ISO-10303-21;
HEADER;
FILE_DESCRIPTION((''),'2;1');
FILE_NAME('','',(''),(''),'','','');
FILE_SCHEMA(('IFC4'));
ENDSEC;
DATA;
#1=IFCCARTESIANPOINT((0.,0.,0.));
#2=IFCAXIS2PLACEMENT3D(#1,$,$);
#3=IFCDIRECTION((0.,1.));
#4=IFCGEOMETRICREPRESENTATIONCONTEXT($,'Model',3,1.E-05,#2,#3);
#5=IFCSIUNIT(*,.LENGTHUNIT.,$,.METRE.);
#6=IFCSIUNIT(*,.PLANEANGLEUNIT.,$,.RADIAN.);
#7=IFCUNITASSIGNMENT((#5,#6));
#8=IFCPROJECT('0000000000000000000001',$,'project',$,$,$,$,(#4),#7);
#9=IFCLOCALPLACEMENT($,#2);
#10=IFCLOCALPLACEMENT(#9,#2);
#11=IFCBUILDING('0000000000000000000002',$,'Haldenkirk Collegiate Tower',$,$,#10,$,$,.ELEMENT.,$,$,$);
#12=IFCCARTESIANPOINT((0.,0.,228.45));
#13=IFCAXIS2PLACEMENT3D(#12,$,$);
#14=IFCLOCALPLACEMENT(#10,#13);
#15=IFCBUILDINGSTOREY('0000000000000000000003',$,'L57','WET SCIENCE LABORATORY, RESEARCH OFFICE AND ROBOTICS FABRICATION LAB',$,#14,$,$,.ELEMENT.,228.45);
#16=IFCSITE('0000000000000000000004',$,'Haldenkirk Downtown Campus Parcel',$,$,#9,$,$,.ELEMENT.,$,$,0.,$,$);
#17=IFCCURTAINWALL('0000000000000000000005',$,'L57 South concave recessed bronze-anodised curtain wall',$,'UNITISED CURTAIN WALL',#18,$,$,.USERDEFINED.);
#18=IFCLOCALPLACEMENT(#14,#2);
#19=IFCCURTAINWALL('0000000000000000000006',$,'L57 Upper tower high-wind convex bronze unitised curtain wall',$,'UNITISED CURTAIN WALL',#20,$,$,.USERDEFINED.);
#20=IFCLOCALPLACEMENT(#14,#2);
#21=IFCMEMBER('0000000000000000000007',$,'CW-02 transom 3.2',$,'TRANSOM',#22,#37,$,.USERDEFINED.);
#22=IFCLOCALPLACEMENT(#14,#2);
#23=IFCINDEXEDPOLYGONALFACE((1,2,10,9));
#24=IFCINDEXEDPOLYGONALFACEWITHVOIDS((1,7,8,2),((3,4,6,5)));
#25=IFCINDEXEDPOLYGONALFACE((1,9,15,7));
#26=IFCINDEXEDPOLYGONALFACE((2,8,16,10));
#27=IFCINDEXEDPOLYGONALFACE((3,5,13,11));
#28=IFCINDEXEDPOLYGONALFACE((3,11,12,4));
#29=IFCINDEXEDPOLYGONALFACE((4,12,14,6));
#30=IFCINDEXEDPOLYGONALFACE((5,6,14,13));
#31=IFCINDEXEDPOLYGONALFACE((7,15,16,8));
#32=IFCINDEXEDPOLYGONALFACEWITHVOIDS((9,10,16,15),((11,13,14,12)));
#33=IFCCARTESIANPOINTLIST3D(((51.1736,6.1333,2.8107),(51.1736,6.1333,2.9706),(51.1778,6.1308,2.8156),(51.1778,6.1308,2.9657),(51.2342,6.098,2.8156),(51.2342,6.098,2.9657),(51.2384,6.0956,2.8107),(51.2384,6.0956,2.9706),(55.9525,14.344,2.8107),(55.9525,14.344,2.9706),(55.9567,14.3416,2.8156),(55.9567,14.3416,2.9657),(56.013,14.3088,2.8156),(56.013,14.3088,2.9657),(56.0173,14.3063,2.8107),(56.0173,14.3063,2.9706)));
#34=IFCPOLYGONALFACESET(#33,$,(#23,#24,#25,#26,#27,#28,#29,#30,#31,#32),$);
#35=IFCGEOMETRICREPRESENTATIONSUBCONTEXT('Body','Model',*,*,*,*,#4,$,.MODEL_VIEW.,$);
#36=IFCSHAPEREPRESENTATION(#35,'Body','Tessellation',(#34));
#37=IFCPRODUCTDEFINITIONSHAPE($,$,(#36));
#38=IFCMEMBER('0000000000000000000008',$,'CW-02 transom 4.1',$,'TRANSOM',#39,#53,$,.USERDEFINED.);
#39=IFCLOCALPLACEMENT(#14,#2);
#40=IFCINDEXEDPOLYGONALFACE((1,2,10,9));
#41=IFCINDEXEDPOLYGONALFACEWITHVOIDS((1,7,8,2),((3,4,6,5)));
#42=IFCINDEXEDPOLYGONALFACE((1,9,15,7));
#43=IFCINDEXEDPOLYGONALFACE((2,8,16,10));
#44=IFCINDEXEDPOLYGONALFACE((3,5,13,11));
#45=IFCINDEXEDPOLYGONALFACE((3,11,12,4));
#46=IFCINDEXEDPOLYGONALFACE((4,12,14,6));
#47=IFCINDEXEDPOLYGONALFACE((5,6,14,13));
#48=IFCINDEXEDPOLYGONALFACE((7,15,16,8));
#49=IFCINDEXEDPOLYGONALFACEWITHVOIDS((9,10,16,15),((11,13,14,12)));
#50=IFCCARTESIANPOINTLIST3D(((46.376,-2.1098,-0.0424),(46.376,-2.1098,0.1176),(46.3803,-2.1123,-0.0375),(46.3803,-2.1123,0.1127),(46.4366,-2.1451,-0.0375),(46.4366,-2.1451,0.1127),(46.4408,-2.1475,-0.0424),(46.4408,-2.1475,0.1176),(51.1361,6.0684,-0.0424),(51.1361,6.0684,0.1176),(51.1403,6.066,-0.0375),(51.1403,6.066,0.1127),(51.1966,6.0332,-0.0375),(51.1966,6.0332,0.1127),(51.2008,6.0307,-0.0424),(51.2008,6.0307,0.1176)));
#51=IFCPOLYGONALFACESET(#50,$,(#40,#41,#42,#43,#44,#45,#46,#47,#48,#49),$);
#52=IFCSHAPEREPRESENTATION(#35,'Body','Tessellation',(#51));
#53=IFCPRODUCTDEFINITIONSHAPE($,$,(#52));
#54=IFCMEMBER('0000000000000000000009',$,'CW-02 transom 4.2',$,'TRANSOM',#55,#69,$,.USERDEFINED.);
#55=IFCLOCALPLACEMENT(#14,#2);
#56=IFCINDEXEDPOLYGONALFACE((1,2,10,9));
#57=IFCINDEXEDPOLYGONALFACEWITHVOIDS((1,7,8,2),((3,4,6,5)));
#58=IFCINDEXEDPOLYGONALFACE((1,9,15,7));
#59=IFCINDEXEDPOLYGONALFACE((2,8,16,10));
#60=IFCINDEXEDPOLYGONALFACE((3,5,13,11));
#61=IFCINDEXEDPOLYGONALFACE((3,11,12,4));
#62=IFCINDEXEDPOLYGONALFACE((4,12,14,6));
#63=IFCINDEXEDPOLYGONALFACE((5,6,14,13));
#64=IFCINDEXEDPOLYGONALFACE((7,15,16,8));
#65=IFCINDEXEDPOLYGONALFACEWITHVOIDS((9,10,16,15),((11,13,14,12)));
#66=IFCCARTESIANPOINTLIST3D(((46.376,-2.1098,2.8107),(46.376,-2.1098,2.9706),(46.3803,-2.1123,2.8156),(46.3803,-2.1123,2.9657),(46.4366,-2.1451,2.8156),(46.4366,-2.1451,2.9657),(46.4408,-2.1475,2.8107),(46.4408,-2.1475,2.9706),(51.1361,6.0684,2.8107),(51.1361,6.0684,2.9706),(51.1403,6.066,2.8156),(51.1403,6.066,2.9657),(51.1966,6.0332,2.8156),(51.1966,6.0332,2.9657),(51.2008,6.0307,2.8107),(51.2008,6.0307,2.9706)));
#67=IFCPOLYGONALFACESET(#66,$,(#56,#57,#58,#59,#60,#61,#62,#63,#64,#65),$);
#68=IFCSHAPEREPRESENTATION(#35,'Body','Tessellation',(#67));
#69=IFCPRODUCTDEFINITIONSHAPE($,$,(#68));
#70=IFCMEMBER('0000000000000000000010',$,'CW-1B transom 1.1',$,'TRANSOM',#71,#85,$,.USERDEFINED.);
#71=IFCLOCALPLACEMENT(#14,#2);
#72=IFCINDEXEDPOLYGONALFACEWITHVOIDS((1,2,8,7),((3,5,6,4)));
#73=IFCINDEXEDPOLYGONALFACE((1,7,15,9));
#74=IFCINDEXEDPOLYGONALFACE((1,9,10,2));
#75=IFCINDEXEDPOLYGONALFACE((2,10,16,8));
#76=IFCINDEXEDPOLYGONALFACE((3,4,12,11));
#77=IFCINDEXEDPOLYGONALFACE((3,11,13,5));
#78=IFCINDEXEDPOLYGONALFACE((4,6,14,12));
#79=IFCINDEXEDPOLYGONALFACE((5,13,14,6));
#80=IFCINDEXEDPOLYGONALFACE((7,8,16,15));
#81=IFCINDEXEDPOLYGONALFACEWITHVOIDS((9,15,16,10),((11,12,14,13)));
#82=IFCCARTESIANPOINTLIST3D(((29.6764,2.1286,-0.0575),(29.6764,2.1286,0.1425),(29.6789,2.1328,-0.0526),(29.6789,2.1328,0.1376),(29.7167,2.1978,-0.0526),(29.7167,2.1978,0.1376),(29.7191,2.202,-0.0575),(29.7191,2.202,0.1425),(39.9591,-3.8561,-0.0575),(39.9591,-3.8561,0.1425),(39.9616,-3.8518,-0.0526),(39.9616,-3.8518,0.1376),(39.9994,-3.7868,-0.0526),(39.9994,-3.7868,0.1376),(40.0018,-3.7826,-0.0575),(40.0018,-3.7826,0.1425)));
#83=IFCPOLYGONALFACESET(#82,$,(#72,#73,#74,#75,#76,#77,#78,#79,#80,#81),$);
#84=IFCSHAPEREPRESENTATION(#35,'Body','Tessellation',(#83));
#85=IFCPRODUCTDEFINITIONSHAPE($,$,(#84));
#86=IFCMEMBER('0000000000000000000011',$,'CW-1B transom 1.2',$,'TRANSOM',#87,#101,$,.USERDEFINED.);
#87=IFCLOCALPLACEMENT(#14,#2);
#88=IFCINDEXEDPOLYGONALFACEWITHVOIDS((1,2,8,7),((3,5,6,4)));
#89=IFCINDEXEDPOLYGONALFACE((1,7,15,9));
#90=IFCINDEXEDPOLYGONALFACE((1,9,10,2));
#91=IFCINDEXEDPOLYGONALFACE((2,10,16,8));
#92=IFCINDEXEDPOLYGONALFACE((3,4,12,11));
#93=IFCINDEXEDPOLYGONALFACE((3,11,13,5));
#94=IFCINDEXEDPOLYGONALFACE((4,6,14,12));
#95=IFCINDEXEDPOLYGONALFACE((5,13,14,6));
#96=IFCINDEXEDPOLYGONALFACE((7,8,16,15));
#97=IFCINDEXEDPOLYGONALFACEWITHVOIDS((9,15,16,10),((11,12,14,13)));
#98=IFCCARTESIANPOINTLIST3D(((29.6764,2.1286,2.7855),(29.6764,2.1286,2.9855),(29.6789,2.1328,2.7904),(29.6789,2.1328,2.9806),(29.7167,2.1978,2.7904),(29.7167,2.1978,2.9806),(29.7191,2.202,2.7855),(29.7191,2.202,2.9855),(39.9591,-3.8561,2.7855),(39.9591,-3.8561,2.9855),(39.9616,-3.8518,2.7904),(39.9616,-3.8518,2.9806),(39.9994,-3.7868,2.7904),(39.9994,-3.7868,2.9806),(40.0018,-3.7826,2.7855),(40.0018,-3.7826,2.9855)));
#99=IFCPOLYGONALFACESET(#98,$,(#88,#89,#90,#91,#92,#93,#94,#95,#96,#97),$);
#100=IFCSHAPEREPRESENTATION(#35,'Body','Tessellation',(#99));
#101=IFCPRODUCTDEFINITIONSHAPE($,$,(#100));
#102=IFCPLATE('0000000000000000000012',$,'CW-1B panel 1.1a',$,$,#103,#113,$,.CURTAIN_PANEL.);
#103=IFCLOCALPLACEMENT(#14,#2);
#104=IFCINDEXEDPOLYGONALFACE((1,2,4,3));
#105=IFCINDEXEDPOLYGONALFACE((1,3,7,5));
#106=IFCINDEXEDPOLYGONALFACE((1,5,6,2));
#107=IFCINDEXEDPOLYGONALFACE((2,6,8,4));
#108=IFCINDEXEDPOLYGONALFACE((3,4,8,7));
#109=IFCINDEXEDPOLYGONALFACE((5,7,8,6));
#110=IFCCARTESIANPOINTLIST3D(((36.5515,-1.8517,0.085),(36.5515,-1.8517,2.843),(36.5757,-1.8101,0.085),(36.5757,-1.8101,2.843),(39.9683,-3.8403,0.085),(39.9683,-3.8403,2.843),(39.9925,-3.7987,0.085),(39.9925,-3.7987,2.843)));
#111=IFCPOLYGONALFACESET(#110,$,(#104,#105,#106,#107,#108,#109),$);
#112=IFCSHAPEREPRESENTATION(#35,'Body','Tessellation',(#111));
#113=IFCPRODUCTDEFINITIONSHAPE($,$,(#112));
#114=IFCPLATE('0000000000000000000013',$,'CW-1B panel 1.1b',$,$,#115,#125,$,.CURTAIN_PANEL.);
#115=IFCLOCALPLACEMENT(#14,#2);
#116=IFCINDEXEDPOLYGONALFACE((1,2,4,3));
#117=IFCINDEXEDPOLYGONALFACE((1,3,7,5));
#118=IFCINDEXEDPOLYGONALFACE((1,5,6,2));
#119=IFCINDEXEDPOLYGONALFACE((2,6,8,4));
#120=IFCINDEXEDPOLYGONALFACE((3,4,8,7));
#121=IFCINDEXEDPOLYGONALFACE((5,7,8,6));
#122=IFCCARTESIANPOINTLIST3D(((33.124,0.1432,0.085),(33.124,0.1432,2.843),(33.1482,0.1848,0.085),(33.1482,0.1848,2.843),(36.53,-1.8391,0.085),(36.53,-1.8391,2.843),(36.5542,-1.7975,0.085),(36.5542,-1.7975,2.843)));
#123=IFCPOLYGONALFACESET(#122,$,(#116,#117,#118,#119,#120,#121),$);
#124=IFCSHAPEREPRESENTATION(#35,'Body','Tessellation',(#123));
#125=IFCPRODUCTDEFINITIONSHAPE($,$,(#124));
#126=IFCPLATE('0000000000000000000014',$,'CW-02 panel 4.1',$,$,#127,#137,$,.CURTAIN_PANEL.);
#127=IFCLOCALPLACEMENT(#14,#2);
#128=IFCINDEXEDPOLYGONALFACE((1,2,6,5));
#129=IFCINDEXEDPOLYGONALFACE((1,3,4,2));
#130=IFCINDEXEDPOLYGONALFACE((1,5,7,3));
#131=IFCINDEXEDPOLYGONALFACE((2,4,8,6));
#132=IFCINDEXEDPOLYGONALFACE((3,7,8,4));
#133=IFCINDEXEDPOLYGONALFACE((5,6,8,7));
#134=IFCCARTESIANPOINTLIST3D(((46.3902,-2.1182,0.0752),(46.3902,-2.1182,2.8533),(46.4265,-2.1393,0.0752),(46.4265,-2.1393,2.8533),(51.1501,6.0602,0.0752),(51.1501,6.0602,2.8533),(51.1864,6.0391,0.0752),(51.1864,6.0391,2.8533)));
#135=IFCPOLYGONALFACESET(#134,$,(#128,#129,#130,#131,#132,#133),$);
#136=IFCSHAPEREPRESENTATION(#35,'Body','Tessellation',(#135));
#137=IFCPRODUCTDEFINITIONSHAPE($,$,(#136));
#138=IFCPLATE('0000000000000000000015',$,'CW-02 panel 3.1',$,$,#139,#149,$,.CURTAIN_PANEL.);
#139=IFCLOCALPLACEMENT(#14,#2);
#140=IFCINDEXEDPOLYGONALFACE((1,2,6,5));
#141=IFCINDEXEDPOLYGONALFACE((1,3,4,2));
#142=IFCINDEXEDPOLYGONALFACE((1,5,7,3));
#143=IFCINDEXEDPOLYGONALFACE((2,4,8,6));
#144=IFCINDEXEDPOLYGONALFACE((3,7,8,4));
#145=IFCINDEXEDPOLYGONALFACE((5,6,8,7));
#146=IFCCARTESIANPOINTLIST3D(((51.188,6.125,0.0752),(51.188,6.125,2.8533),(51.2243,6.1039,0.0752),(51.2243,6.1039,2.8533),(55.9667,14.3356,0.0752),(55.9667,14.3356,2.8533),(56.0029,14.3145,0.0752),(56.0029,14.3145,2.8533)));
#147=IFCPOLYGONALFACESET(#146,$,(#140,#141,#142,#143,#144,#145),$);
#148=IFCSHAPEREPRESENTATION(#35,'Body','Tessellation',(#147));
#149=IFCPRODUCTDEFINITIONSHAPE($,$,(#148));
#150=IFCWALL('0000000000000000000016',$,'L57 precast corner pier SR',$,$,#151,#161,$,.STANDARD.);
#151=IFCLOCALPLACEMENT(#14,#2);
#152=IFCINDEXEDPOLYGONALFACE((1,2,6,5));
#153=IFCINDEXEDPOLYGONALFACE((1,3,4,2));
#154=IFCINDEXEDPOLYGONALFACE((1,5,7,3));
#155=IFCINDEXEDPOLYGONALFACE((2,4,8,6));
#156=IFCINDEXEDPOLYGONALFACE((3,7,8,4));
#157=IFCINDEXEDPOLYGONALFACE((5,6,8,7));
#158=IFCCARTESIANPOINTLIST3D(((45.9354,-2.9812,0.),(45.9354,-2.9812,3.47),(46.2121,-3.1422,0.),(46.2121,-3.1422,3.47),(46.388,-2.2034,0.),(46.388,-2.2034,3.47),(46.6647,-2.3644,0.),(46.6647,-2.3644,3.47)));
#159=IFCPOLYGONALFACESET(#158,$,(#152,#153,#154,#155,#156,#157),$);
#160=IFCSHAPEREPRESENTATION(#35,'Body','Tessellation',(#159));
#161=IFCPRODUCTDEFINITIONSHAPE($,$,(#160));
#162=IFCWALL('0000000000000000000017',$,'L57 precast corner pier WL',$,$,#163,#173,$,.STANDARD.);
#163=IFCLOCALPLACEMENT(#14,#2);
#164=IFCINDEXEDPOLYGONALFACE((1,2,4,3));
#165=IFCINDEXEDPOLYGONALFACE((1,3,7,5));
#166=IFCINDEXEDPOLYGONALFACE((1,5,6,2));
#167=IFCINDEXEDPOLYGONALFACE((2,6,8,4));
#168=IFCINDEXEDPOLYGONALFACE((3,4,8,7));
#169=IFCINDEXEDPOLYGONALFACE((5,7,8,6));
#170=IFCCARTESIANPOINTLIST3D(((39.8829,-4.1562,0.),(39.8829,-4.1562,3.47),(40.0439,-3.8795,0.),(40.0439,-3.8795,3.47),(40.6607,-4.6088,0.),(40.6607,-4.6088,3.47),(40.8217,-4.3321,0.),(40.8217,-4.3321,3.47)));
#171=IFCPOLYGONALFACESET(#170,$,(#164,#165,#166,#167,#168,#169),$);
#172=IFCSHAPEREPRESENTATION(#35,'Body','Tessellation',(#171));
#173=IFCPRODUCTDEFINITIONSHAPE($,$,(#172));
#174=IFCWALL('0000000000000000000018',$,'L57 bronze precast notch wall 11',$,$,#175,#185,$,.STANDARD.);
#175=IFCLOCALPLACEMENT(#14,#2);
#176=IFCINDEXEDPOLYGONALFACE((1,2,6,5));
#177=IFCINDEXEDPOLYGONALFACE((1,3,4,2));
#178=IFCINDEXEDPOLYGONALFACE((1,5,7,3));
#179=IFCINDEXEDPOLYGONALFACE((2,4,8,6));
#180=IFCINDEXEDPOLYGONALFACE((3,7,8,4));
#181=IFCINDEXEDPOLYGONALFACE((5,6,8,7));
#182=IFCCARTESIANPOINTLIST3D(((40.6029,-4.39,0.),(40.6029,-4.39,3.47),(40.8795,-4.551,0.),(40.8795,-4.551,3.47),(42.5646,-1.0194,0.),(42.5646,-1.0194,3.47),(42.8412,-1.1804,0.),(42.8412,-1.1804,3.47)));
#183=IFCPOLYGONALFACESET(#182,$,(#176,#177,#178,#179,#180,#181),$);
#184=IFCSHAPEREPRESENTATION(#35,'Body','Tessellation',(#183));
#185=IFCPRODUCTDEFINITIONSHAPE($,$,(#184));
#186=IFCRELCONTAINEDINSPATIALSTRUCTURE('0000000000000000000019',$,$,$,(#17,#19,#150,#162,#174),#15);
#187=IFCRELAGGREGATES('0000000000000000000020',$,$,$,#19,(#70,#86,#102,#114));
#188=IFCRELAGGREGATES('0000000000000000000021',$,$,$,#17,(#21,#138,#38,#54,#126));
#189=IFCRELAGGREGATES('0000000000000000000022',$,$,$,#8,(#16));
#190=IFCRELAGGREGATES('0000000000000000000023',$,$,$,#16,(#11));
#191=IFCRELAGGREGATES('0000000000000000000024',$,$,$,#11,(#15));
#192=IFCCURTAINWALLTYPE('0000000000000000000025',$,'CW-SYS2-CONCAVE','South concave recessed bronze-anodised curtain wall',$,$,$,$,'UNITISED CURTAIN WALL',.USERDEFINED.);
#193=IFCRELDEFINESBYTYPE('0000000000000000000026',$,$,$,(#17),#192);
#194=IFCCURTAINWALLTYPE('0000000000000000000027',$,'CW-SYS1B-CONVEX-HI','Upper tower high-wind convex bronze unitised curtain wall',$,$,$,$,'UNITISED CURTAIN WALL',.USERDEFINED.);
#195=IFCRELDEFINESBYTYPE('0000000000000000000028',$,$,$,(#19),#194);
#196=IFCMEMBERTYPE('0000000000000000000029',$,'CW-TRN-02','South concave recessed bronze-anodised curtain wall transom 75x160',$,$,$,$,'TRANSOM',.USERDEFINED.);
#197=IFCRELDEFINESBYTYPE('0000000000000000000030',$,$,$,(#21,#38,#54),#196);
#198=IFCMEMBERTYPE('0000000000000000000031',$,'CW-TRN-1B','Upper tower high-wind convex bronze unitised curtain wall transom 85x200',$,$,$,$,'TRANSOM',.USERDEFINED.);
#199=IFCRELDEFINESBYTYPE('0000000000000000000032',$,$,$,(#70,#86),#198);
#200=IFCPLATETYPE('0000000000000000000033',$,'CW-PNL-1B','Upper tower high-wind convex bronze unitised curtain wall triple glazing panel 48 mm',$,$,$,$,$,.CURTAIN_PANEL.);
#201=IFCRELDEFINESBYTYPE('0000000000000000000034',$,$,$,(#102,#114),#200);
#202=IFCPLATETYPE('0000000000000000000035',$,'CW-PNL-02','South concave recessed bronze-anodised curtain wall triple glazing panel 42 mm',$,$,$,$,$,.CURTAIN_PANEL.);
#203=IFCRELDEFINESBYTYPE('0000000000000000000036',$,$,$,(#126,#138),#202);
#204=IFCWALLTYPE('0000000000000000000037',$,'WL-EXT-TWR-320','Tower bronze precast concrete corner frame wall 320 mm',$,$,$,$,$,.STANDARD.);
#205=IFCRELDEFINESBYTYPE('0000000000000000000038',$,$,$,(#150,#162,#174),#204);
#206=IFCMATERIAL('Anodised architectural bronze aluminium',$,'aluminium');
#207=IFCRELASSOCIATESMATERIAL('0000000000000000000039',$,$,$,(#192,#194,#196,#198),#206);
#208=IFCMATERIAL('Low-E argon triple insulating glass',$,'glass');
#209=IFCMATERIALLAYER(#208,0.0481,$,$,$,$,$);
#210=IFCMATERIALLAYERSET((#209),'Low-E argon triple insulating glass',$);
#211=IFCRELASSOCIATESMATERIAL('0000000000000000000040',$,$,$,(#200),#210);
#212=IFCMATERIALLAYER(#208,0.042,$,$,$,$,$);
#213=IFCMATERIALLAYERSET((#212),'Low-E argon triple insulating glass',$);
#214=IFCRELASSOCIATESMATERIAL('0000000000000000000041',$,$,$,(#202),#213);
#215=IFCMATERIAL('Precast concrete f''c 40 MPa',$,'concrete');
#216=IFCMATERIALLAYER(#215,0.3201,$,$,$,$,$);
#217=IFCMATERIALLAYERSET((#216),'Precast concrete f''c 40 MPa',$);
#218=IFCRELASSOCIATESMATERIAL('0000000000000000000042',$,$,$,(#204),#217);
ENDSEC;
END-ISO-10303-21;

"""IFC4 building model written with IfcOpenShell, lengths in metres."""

from ifc_helpers import new_model, si_unit, direction, frame, frame_2d, origin, origin_2d, place, context, subcontext, project, spatial, rectangle, hollow_rectangle, extrude, source, transform, mapped, material, layer, layer_set, material_profile, profile_set, type_object, element, aggregate, save


model = new_model("IFC4")

# Units and contexts
model_context = context("Model", 3, precision=1e-05, world=origin(), true_north=direction((0.0, 1.0)))
body_context = subcontext(model_context, "Body", "Model", "MODEL_VIEW")
ifc_project = project(units=[si_unit("LENGTHUNIT", "METRE"), si_unit("PLANEANGLEUNIT", "RADIAN")], contexts=[model_context])

# Site, building, storey
site_placement = place(None, origin())
site = spatial("IfcSite", under=ifc_project, at=site_placement, Name="Haldenkirk Downtown Campus Parcel", CompositionType="ELEMENT", RefElevation=0.0)
building_placement = place(site_placement, origin())
building = spatial("IfcBuilding", under=site, at=building_placement, Name="Haldenkirk Collegiate Tower", CompositionType="ELEMENT")
storey_placement = place(building_placement, frame((0.0, 0.0, 228.45)))
storey = spatial("IfcBuildingStorey", under=building, at=storey_placement, Name="L57", Description="WET SCIENCE LABORATORY, RESEARCH OFFICE AND ROBOTICS FABRICATION LAB", CompositionType="ELEMENT", Elevation=228.45)

# Curtain wall
ifc_material_1 = material(Name="Anodised architectural bronze aluminium", Category="aluminium")
curtain_wall_type_1 = type_object("IfcCurtainWallType", Name="CW-SYS2-CONCAVE", Description="South concave recessed bronze-anodised curtain wall", ElementType="UNITISED CURTAIN WALL", PredefinedType="USERDEFINED", material=ifc_material_1)
curtain_wall_1_placement = place(storey_placement, origin())
curtain_wall_1 = element("IfcCurtainWall", 1, at=curtain_wall_1_placement, inside=storey, type_object=curtain_wall_type_1, Name="L57 South concave recessed bronze-anodised curtain wall", ObjectType="UNITISED CURTAIN WALL", PredefinedType="USERDEFINED")

# Curtain wall
curtain_wall_type_2 = type_object("IfcCurtainWallType", Name="CW-SYS1B-CONVEX-HI", Description="Upper tower high-wind convex bronze unitised curtain wall", ElementType="UNITISED CURTAIN WALL", PredefinedType="USERDEFINED", material=ifc_material_1)
curtain_wall_2_placement = place(storey_placement, origin())
curtain_wall_2 = element("IfcCurtainWall", 2, at=curtain_wall_2_placement, inside=storey, type_object=curtain_wall_type_2, Name="L57 Upper tower high-wind convex bronze unitised curtain wall", ObjectType="UNITISED CURTAIN WALL", PredefinedType="USERDEFINED")

# Members
ifc_material_profile_1 = material_profile(ifc_material_1, hollow_rectangle(XDim=0.075, YDim=0.1599, WallThickness=0.0049, at=origin_2d()), Name="CW-TRN-02")
ifc_profile_set_1 = profile_set([ifc_material_profile_1], Name="Anodised architectural bronze aluminium")
member_type_1 = type_object("IfcMemberType", Name="CW-TRN-02", Description="South concave recessed bronze-anodised curtain wall transom 75x160", ElementType="TRANSOM", PredefinedType="USERDEFINED", material=ifc_profile_set_1)
member_1_placement = place(storey_placement, frame((55.9849, 14.3252, 2.8906), z_axis=(-0.503026, -0.864272, 0.0), x_axis=(0.864272, -0.503026, 0.0)))
member_1 = element("IfcMember", 3, at=member_1_placement, type_object=member_type_1, Name="CW-02 transom 3.2", ObjectType="TRANSOM", PredefinedType="USERDEFINED", context=body_context, shape_type="SweptSolid", body=[
    extrude(hollow_rectangle(XDim=0.075, YDim=0.1599, WallThickness=0.0049, at=origin_2d()), origin(), (0.0, 0.0, 1.0), 9.5002),
])
member_2_placement = place(storey_placement, frame((51.1685, 6.0496, 0.0376), z_axis=(-0.503033, -0.864267, 0.0), x_axis=(0.864267, -0.503033, 0.0)))
member_2 = element("IfcMember", 4, at=member_2_placement, type_object=member_type_1, Name="CW-02 transom 4.1", ObjectType="TRANSOM", PredefinedType="USERDEFINED", context=body_context, shape_type="SweptSolid", body=[
    extrude(hollow_rectangle(XDim=0.075, YDim=0.1599, WallThickness=0.0049, at=origin_2d()), origin(), (0.0, 0.0, 1.0), 9.4626),
])
member_3_placement = place(storey_placement, frame((51.1685, 6.0496, 2.8906), z_axis=(-0.503033, -0.864267, 0.0), x_axis=(0.864267, -0.503033, 0.0)))
member_3 = element("IfcMember", 5, at=member_3_placement, type_object=member_type_1, Name="CW-02 transom 4.2", ObjectType="TRANSOM", PredefinedType="USERDEFINED", context=body_context, shape_type="SweptSolid", body=[
    extrude(hollow_rectangle(XDim=0.075, YDim=0.1599, WallThickness=0.0049, at=origin_2d()), origin(), (0.0, 0.0, 1.0), 9.4626),
])
ifc_material_profile_2 = material_profile(ifc_material_1, hollow_rectangle(XDim=0.085, YDim=0.2, WallThickness=0.0049, at=origin_2d()), Name="CW-TRN-1B")
ifc_profile_set_2 = profile_set([ifc_material_profile_2], Name="Anodised architectural bronze aluminium")
member_type_2 = type_object("IfcMemberType", Name="CW-TRN-1B", Description="Upper tower high-wind convex bronze unitised curtain wall transom 85x200", ElementType="TRANSOM", PredefinedType="USERDEFINED", material=ifc_profile_set_2)
member_4_placement = place(storey_placement, frame((39.9805, -3.8193, 0.0425), z_axis=(-0.864277, 0.503016, 0.0), x_axis=(-0.503016, -0.864277, 0.0)))
member_4 = element("IfcMember", 6, at=member_4_placement, type_object=member_type_2, Name="CW-1B transom 1.1", ObjectType="TRANSOM", PredefinedType="USERDEFINED", context=body_context, shape_type="SweptSolid", body=[
    extrude(hollow_rectangle(XDim=0.085, YDim=0.2, WallThickness=0.0049, at=origin_2d()), origin(), (0.0, 0.0, 1.0), 11.8975),
])
member_5_placement = place(storey_placement, frame((39.9805, -3.8193, 2.8855), z_axis=(-0.864277, 0.503016, 0.0), x_axis=(-0.503016, -0.864277, 0.0)))
member_5 = element("IfcMember", 7, at=member_5_placement, type_object=member_type_2, Name="CW-1B transom 1.2", ObjectType="TRANSOM", PredefinedType="USERDEFINED", context=body_context, shape_type="SweptSolid", body=[
    extrude(hollow_rectangle(XDim=0.085, YDim=0.2, WallThickness=0.0049, at=origin_2d()), origin(), (0.0, 0.0, 1.0), 11.8975),
])

# Plates
ifc_material_2 = material(Name="Low-E argon triple insulating glass", Category="glass")
ifc_layer_1 = layer(ifc_material_2, 0.0481)
ifc_layer_set_1 = layer_set([ifc_layer_1], Name="Low-E argon triple insulating glass")
plate_type_1 = type_object("IfcPlateType", Name="CW-PNL-1B", Description="Upper tower high-wind convex bronze unitised curtain wall triple glazing panel 48 mm", PredefinedType="CURTAIN_PANEL", material=ifc_layer_set_1)
shared_shape_1 = source(origin(), body_context, "Body", "SweptSolid", [
    extrude(rectangle(XDim=3.9534, YDim=0.0481, at=origin_2d()), origin(), (0.0, 0.0, 1.0), 2.7581),
])
plate_1_placement = place(storey_placement, frame((38.272, -2.8252, 0.085), z_axis=(0.0, 0.0, 1.0), x_axis=(-0.864276, 0.503018, 0.0)))
plate_1 = element("IfcPlate", 8, at=plate_1_placement, type_object=plate_type_1, Name="CW-1B panel 1.1a", PredefinedType="CURTAIN_PANEL", context=body_context, shape_type="MappedRepresentation", body=[
    mapped(shared_shape_1, transform((0.0, 0.0, 0.0), x_axis=(1.0, 0.0, 0.0), y_axis=(0.0, 1.0, 0.0), z_axis=(0.0, 0.0, 1.0), scale=1.0)),
])
shared_shape_2 = source(origin(), body_context, "Body", "SweptSolid", [
    extrude(rectangle(XDim=3.9409, YDim=0.0481, at=origin_2d()), origin(), (0.0, 0.0, 1.0), 2.7581),
])
plate_2_placement = place(storey_placement, frame((34.8391, -0.8271, 0.085), z_axis=(0.0, 0.0, 1.0), x_axis=(-0.864276, 0.503018, 0.0)))
plate_2 = element("IfcPlate", 9, at=plate_2_placement, type_object=plate_type_1, Name="CW-1B panel 1.1b", PredefinedType="CURTAIN_PANEL", context=body_context, shape_type="MappedRepresentation", body=[
    mapped(shared_shape_2, transform((0.0, 0.0, 0.0), x_axis=(1.0, 0.0, 0.0), y_axis=(0.0, 1.0, 0.0), z_axis=(0.0, 0.0, 1.0), scale=1.0)),
])
aggregate(curtain_wall_2, [member_4, member_5, plate_1, plate_2])
ifc_layer_2 = layer(ifc_material_2, 0.042)
ifc_layer_set_2 = layer_set([ifc_layer_2], Name="Low-E argon triple insulating glass")
plate_type_2 = type_object("IfcPlateType", Name="CW-PNL-02", Description="South concave recessed bronze-anodised curtain wall triple glazing panel 42 mm", PredefinedType="CURTAIN_PANEL", material=ifc_layer_set_2)
shared_shape_3 = source(origin(), body_context, "Body", "SweptSolid", [
    extrude(rectangle(XDim=9.4626, YDim=0.042, at=origin_2d()), origin(), (0.0, 0.0, 1.0), 2.7781),
])
plate_3_placement = place(storey_placement, frame((48.7883, 1.9604, 0.0752), z_axis=(0.0, 0.0, 1.0), x_axis=(-0.503019, -0.864276, 0.0)))
plate_3 = element("IfcPlate", 10, at=plate_3_placement, type_object=plate_type_2, Name="CW-02 panel 4.1", PredefinedType="CURTAIN_PANEL", context=body_context, shape_type="MappedRepresentation", body=[
    mapped(shared_shape_3, transform((0.0, 0.0, 0.0), x_axis=(1.0, 0.0, 0.0), y_axis=(0.0, 1.0, 0.0), z_axis=(0.0, 0.0, 1.0), scale=1.0)),
])
shared_shape_4 = source(origin(), body_context, "Body", "SweptSolid", [
    extrude(rectangle(XDim=9.5, YDim=0.042, at=origin_2d()), origin(), (0.0, 0.0, 1.0), 2.7781),
])
plate_4_placement = place(storey_placement, frame((53.5955, 10.2197, 0.0752), z_axis=(0.0, 0.0, 1.0), x_axis=(-0.503019, -0.864276, 0.0)))
plate_4 = element("IfcPlate", 11, at=plate_4_placement, type_object=plate_type_2, Name="CW-02 panel 3.1", PredefinedType="CURTAIN_PANEL", context=body_context, shape_type="MappedRepresentation", body=[
    mapped(shared_shape_4, transform((0.0, 0.0, 0.0), x_axis=(1.0, 0.0, 0.0), y_axis=(0.0, 1.0, 0.0), z_axis=(0.0, 0.0, 1.0), scale=1.0)),
])
aggregate(curtain_wall_1, [member_1, plate_4, member_2, member_3, plate_3])

# Walls
ifc_material_3 = material(Name="Precast concrete f'c 40 MPa", Category="concrete")
ifc_layer_3 = layer(ifc_material_3, 0.3201)
ifc_layer_set_3 = layer_set([ifc_layer_3], Name="Precast concrete f'c 40 MPa")
wall_type_1 = type_object("IfcWallType", Name="WL-EXT-TWR-320", Description="Tower bronze precast concrete corner frame wall 320 mm", PredefinedType="STANDARD", material=ifc_layer_set_3)
for number, where, z_axis, x_axis, name in (
    (12, (46.5264, -2.2839, 0.0), (0.0, 0.0, 1.0), (-0.50296, -0.86431, 0.0), "L57 precast corner pier SR"),
    (13, (40.7412, -4.4705, 0.0), (0.0, 0.0, 1.0), (-0.86431, 0.50296, 0.0), "L57 precast corner pier WL"),
):
    element("IfcWall", number, at=place(storey_placement, frame(where, z_axis=z_axis, x_axis=x_axis)), inside=storey, type_object=wall_type_1, Name=name, PredefinedType="STANDARD", context=body_context, shape_type="SweptSolid", body=[
        extrude(rectangle(XDim=0.8999, YDim=0.3201, at=frame_2d((0.45, 0.0))), origin(), (0.0, 0.0, 1.0), 3.47),
    ])
wall_1_placement = place(storey_placement, frame((42.7029, -1.0999, 0.0), z_axis=(0.0, 0.0, 1.0), x_axis=(-0.503007, -0.864283, 0.0)))
element("IfcWall", 14, at=wall_1_placement, inside=storey, type_object=wall_type_1, Name="L57 bronze precast notch wall 11", PredefinedType="STANDARD", context=body_context, shape_type="SweptSolid", body=[
    extrude(rectangle(XDim=3.8999, YDim=0.3201, at=frame_2d((1.95, 0.0))), origin(), (0.0, 0.0, 1.0), 3.47),
])

save(model, "model.ifc")
